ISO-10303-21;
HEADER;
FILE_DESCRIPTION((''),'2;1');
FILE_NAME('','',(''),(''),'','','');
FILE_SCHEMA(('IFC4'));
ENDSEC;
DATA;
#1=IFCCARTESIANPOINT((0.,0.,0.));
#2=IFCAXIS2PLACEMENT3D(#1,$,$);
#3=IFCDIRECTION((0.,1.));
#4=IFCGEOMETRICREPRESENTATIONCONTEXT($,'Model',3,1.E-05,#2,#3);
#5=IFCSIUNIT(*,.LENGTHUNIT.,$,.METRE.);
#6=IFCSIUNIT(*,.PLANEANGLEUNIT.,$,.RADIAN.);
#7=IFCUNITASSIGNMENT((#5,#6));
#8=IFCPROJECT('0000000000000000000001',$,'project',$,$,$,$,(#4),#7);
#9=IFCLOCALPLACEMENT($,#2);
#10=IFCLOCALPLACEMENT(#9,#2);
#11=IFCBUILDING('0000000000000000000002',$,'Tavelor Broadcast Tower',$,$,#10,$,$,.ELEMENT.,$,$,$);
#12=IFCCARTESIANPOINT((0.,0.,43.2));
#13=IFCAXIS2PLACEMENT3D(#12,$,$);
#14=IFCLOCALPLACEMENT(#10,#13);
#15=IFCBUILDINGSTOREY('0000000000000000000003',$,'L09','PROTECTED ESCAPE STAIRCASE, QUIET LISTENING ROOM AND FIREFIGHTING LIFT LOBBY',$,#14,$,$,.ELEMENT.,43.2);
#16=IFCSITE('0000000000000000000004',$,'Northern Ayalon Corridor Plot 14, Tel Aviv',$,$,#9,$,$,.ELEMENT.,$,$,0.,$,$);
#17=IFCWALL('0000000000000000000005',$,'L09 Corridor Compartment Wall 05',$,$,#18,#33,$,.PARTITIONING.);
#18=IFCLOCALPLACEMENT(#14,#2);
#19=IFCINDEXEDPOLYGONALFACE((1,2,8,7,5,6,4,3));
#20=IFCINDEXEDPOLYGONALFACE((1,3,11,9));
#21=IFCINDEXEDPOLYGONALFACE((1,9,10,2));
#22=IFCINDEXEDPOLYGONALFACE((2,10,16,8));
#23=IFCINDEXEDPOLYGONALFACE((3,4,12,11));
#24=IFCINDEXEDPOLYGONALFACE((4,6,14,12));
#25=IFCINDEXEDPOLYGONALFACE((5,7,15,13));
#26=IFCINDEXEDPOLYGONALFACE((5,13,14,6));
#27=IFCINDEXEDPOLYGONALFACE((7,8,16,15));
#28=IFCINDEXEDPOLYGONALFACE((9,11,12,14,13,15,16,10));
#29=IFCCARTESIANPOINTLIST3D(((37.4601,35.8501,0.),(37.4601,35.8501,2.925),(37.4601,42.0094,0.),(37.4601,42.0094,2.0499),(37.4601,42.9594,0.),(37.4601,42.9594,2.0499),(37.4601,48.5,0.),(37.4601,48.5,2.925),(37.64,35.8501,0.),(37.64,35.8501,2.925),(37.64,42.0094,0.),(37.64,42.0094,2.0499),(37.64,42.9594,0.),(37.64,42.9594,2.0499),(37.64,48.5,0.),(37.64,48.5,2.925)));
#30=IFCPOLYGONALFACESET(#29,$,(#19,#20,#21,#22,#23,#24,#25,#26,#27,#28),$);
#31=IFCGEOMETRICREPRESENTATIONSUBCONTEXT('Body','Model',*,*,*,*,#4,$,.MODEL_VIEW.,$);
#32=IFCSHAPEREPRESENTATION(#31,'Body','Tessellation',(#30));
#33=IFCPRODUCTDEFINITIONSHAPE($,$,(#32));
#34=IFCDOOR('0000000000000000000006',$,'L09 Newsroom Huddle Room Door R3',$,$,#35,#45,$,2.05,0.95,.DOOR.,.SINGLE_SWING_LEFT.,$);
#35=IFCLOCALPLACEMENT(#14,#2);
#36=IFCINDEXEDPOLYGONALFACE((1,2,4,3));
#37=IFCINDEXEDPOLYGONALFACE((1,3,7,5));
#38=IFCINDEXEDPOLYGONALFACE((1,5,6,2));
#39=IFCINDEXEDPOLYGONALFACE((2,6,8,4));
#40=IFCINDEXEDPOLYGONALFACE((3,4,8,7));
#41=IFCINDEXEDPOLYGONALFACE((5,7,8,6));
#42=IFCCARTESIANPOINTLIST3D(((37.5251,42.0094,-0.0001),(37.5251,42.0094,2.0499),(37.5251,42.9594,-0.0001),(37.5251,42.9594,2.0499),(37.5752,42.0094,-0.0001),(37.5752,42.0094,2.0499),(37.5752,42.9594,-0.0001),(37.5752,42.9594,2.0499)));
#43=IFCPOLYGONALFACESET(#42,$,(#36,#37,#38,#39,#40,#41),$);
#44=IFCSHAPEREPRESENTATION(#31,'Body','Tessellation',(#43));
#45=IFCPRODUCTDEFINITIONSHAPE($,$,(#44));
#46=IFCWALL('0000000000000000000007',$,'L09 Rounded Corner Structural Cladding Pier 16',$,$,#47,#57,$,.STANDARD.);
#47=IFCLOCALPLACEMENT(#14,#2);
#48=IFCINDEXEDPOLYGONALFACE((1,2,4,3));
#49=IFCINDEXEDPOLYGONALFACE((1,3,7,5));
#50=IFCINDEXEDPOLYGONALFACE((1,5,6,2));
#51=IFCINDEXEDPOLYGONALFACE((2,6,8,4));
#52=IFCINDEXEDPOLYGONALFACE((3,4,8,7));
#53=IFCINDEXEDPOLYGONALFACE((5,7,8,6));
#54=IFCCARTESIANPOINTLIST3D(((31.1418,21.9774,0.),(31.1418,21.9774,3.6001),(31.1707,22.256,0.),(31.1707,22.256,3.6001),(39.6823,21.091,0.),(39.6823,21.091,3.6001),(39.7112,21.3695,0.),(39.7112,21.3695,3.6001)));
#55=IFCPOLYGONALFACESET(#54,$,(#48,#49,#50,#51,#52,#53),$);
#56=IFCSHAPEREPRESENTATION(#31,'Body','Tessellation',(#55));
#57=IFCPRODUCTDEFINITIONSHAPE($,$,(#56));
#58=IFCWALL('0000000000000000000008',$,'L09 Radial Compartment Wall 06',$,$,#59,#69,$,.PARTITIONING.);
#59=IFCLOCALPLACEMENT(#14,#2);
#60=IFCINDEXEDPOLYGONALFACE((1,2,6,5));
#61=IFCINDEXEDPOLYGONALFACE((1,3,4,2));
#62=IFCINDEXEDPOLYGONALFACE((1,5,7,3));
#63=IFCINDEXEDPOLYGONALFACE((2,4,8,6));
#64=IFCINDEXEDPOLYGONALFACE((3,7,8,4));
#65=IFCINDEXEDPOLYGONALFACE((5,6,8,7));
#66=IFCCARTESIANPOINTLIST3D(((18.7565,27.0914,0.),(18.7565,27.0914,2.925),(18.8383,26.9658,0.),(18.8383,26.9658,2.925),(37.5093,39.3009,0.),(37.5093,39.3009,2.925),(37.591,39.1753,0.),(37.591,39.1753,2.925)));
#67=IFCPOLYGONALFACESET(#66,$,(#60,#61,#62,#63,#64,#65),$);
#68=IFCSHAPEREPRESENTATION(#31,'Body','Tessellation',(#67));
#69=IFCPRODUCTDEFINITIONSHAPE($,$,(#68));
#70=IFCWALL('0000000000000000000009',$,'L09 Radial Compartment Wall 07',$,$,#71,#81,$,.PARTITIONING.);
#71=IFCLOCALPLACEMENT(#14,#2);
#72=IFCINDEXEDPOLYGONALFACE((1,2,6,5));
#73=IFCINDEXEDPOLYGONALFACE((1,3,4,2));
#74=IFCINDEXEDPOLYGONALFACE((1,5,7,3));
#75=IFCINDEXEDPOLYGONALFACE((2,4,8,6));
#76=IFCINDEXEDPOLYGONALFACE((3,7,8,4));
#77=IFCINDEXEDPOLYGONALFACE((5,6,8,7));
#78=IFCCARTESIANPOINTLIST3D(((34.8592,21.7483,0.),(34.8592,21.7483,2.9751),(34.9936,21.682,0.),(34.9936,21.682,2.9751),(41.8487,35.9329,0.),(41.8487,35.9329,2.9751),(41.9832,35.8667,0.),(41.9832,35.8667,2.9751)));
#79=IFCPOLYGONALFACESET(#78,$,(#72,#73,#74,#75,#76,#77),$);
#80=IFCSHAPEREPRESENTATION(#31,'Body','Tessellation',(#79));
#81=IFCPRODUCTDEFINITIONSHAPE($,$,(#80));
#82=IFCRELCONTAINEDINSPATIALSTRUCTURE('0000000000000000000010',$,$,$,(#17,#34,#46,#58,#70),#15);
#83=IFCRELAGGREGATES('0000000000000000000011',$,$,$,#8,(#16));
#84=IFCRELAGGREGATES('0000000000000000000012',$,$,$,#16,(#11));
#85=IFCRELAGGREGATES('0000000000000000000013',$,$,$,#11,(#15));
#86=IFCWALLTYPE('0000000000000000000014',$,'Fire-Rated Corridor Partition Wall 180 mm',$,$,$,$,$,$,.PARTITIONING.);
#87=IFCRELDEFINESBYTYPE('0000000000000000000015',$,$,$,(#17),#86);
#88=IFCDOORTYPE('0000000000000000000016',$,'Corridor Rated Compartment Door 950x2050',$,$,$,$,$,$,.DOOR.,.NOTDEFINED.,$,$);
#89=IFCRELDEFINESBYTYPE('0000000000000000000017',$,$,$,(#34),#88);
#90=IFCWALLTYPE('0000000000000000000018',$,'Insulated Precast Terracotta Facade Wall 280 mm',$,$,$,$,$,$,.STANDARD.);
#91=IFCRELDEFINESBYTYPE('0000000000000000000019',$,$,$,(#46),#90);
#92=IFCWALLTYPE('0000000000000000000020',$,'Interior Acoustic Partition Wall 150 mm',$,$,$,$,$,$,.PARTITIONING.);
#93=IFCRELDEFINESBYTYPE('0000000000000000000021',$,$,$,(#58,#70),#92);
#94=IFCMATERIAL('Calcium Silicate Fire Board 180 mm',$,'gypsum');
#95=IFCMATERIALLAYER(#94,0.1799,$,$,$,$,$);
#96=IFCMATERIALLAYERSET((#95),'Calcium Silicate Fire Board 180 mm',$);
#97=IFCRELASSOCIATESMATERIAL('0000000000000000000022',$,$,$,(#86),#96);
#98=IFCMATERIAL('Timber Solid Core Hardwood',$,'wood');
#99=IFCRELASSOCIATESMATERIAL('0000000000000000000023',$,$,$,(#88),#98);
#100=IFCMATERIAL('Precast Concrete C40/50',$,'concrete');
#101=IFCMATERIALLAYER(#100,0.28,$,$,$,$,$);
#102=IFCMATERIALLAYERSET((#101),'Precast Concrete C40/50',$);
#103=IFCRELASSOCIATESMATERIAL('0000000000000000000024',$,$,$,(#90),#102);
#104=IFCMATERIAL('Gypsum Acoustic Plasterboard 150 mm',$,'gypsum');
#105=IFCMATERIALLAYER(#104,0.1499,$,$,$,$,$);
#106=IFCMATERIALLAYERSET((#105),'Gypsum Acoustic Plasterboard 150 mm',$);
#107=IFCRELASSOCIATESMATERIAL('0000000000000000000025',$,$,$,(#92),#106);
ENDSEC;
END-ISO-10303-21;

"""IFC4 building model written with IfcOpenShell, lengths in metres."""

from ifc_helpers import new_model, si_unit, direction, frame, frame_2d, origin, place, context, subcontext, project, spatial, rectangle, extrude, material, layer, layer_set, type_object, element, fill, save


model = new_model("IFC4")

# Units and contexts
model_context = context("Model", 3, precision=1e-05, world=origin(), true_north=direction((0.0, 1.0)))
body_context = subcontext(model_context, "Body", "Model", "MODEL_VIEW")
ifc_project = project(units=[si_unit("LENGTHUNIT", "METRE"), si_unit("PLANEANGLEUNIT", "RADIAN")], contexts=[model_context])

# Site, building, storey
site_placement = place(None, origin())
site = spatial("IfcSite", under=ifc_project, at=site_placement, Name="Northern Ayalon Corridor Plot 14, Tel Aviv", CompositionType="ELEMENT", RefElevation=0.0)
building_placement = place(site_placement, origin())
building = spatial("IfcBuilding", under=site, at=building_placement, Name="Tavelor Broadcast Tower", CompositionType="ELEMENT")
storey_placement = place(building_placement, frame((0.0, 0.0, 43.2)))
storey = spatial("IfcBuildingStorey", under=building, at=storey_placement, Name="L09", Description="PROTECTED ESCAPE STAIRCASE, QUIET LISTENING ROOM AND FIREFIGHTING LIFT LOBBY", CompositionType="ELEMENT", Elevation=43.2)

# Wall, opening, door
ifc_material_1 = material(Name="Calcium Silicate Fire Board 180 mm", Category="gypsum")
ifc_layer_1 = layer(ifc_material_1, 0.1799)
ifc_layer_set_1 = layer_set([ifc_layer_1], Name="Calcium Silicate Fire Board 180 mm")
wall_type_1 = type_object("IfcWallType", Name="Fire-Rated Corridor Partition Wall 180 mm", PredefinedType="PARTITIONING", material=ifc_layer_set_1)
wall_1_placement = place(storey_placement, frame((37.55, 35.8501, 0.0), z_axis=(0.0, 0.0, 1.0), x_axis=(0.0, 1.0, 0.0)))
wall_1 = element("IfcWall", 1, at=wall_1_placement, inside=storey, type_object=wall_type_1, Name="L09 Corridor Compartment Wall 05", PredefinedType="PARTITIONING", context=body_context, shape_type="SweptSolid", body=[
    extrude(rectangle(XDim=12.6499, YDim=0.1799, at=frame_2d((6.325, 0.0))), origin(), (0.0, 0.0, 1.0), 2.925),
])
opening_1_placement = place(wall_1_placement, frame((6.1592, 0.0, 0.0)))
opening_1 = element("IfcOpeningElement", 2, at=opening_1_placement, cuts=wall_1, PredefinedType="OPENING", context=body_context, shape_type="SweptSolid", body=[
    extrude(rectangle(XDim=0.95, YDim=2.05, at=frame_2d((0.4751, 1.0249))), frame((0.0, 0.1001, 0.0), z_axis=(0.0, -1.0, 0.0), x_axis=(1.0, 0.0, 0.0)), (0.0, 0.0, 1.0), 0.2),
])
ifc_material_2 = material(Name="Timber Solid Core Hardwood", Category="wood")
door_type_1 = type_object("IfcDoorType", Name="Corridor Rated Compartment Door 950x2050", OperationType="NOTDEFINED", PredefinedType="DOOR", material=ifc_material_2)
door_1_placement = place(opening_1_placement, origin())
door_1 = element("IfcDoor", 3, at=door_1_placement, inside=storey, type_object=door_type_1, Name="L09 Newsroom Huddle Room Door R3", OperationType="SINGLE_SWING_LEFT", OverallHeight=2.05, OverallWidth=0.95, PredefinedType="DOOR", context=body_context, shape_type="SweptSolid", body=[
    extrude(rectangle(XDim=0.95, YDim=2.05, at=frame_2d((0.4751, 1.0249))), frame((0.0, 0.0249, 0.0), z_axis=(0.0, -1.0, 0.0), x_axis=(1.0, 0.0, 0.0)), (0.0, 0.0, 1.0), 0.05),
])
fill(opening_1, door_1)

# Walls
ifc_material_3 = material(Name="Precast Concrete C40/50", Category="concrete")
ifc_layer_2 = layer(ifc_material_3, 0.28)
ifc_layer_set_2 = layer_set([ifc_layer_2], Name="Precast Concrete C40/50")
wall_type_2 = type_object("IfcWallType", Name="Insulated Precast Terracotta Facade Wall 280 mm", PredefinedType="STANDARD", material=ifc_layer_set_2)
wall_2_placement = place(storey_placement, frame((31.1562, 22.1167, 0.0), z_axis=(0.0, 0.0, 1.0), x_axis=(0.994656, -0.103242, 0.0)))
element("IfcWall", 4, at=wall_2_placement, inside=storey, type_object=wall_type_2, Name="L09 Rounded Corner Structural Cladding Pier 16", PredefinedType="STANDARD", context=body_context, shape_type="SweptSolid", body=[
    extrude(rectangle(XDim=8.5864, YDim=0.28, at=frame_2d((4.2932, 0.0))), origin(), (0.0, 0.0, 1.0), 3.6001),
])
ifc_material_4 = material(Name="Gypsum Acoustic Plasterboard 150 mm", Category="gypsum")
ifc_layer_3 = layer(ifc_material_4, 0.1499)
ifc_layer_set_3 = layer_set([ifc_layer_3], Name="Gypsum Acoustic Plasterboard 150 mm")
wall_type_3 = type_object("IfcWallType", Name="Interior Acoustic Partition Wall 150 mm", PredefinedType="PARTITIONING", material=ifc_layer_set_3)
wall_3_placement = place(storey_placement, frame((37.55, 39.238, 0.0), z_axis=(0.0, 0.0, 1.0), x_axis=(-0.83803, -0.545624, 0.0)))
element("IfcWall", 5, at=wall_3_placement, inside=storey, type_object=wall_type_3, Name="L09 Radial Compartment Wall 06", PredefinedType="PARTITIONING", context=body_context, shape_type="SweptSolid", body=[
    extrude(rectangle(XDim=22.3772, YDim=0.1499, at=frame_2d((11.1885, 0.0))), origin(), (0.0, 0.0, 1.0), 2.925),
])
wall_4_placement = place(storey_placement, frame((41.916, 35.8999, 0.0), z_axis=(0.0, 0.0, 1.0), x_axis=(-0.442006, -0.897012, 0.0)))
element("IfcWall", 6, at=wall_4_placement, inside=storey, type_object=wall_type_3, Name="L09 Radial Compartment Wall 07", PredefinedType="PARTITIONING", context=body_context, shape_type="SweptSolid", body=[
    extrude(rectangle(XDim=15.8132, YDim=0.1499, at=frame_2d((7.9067, 0.0))), origin(), (0.0, 0.0, 1.0), 2.9751),
])

save(model, "model.ifc")
